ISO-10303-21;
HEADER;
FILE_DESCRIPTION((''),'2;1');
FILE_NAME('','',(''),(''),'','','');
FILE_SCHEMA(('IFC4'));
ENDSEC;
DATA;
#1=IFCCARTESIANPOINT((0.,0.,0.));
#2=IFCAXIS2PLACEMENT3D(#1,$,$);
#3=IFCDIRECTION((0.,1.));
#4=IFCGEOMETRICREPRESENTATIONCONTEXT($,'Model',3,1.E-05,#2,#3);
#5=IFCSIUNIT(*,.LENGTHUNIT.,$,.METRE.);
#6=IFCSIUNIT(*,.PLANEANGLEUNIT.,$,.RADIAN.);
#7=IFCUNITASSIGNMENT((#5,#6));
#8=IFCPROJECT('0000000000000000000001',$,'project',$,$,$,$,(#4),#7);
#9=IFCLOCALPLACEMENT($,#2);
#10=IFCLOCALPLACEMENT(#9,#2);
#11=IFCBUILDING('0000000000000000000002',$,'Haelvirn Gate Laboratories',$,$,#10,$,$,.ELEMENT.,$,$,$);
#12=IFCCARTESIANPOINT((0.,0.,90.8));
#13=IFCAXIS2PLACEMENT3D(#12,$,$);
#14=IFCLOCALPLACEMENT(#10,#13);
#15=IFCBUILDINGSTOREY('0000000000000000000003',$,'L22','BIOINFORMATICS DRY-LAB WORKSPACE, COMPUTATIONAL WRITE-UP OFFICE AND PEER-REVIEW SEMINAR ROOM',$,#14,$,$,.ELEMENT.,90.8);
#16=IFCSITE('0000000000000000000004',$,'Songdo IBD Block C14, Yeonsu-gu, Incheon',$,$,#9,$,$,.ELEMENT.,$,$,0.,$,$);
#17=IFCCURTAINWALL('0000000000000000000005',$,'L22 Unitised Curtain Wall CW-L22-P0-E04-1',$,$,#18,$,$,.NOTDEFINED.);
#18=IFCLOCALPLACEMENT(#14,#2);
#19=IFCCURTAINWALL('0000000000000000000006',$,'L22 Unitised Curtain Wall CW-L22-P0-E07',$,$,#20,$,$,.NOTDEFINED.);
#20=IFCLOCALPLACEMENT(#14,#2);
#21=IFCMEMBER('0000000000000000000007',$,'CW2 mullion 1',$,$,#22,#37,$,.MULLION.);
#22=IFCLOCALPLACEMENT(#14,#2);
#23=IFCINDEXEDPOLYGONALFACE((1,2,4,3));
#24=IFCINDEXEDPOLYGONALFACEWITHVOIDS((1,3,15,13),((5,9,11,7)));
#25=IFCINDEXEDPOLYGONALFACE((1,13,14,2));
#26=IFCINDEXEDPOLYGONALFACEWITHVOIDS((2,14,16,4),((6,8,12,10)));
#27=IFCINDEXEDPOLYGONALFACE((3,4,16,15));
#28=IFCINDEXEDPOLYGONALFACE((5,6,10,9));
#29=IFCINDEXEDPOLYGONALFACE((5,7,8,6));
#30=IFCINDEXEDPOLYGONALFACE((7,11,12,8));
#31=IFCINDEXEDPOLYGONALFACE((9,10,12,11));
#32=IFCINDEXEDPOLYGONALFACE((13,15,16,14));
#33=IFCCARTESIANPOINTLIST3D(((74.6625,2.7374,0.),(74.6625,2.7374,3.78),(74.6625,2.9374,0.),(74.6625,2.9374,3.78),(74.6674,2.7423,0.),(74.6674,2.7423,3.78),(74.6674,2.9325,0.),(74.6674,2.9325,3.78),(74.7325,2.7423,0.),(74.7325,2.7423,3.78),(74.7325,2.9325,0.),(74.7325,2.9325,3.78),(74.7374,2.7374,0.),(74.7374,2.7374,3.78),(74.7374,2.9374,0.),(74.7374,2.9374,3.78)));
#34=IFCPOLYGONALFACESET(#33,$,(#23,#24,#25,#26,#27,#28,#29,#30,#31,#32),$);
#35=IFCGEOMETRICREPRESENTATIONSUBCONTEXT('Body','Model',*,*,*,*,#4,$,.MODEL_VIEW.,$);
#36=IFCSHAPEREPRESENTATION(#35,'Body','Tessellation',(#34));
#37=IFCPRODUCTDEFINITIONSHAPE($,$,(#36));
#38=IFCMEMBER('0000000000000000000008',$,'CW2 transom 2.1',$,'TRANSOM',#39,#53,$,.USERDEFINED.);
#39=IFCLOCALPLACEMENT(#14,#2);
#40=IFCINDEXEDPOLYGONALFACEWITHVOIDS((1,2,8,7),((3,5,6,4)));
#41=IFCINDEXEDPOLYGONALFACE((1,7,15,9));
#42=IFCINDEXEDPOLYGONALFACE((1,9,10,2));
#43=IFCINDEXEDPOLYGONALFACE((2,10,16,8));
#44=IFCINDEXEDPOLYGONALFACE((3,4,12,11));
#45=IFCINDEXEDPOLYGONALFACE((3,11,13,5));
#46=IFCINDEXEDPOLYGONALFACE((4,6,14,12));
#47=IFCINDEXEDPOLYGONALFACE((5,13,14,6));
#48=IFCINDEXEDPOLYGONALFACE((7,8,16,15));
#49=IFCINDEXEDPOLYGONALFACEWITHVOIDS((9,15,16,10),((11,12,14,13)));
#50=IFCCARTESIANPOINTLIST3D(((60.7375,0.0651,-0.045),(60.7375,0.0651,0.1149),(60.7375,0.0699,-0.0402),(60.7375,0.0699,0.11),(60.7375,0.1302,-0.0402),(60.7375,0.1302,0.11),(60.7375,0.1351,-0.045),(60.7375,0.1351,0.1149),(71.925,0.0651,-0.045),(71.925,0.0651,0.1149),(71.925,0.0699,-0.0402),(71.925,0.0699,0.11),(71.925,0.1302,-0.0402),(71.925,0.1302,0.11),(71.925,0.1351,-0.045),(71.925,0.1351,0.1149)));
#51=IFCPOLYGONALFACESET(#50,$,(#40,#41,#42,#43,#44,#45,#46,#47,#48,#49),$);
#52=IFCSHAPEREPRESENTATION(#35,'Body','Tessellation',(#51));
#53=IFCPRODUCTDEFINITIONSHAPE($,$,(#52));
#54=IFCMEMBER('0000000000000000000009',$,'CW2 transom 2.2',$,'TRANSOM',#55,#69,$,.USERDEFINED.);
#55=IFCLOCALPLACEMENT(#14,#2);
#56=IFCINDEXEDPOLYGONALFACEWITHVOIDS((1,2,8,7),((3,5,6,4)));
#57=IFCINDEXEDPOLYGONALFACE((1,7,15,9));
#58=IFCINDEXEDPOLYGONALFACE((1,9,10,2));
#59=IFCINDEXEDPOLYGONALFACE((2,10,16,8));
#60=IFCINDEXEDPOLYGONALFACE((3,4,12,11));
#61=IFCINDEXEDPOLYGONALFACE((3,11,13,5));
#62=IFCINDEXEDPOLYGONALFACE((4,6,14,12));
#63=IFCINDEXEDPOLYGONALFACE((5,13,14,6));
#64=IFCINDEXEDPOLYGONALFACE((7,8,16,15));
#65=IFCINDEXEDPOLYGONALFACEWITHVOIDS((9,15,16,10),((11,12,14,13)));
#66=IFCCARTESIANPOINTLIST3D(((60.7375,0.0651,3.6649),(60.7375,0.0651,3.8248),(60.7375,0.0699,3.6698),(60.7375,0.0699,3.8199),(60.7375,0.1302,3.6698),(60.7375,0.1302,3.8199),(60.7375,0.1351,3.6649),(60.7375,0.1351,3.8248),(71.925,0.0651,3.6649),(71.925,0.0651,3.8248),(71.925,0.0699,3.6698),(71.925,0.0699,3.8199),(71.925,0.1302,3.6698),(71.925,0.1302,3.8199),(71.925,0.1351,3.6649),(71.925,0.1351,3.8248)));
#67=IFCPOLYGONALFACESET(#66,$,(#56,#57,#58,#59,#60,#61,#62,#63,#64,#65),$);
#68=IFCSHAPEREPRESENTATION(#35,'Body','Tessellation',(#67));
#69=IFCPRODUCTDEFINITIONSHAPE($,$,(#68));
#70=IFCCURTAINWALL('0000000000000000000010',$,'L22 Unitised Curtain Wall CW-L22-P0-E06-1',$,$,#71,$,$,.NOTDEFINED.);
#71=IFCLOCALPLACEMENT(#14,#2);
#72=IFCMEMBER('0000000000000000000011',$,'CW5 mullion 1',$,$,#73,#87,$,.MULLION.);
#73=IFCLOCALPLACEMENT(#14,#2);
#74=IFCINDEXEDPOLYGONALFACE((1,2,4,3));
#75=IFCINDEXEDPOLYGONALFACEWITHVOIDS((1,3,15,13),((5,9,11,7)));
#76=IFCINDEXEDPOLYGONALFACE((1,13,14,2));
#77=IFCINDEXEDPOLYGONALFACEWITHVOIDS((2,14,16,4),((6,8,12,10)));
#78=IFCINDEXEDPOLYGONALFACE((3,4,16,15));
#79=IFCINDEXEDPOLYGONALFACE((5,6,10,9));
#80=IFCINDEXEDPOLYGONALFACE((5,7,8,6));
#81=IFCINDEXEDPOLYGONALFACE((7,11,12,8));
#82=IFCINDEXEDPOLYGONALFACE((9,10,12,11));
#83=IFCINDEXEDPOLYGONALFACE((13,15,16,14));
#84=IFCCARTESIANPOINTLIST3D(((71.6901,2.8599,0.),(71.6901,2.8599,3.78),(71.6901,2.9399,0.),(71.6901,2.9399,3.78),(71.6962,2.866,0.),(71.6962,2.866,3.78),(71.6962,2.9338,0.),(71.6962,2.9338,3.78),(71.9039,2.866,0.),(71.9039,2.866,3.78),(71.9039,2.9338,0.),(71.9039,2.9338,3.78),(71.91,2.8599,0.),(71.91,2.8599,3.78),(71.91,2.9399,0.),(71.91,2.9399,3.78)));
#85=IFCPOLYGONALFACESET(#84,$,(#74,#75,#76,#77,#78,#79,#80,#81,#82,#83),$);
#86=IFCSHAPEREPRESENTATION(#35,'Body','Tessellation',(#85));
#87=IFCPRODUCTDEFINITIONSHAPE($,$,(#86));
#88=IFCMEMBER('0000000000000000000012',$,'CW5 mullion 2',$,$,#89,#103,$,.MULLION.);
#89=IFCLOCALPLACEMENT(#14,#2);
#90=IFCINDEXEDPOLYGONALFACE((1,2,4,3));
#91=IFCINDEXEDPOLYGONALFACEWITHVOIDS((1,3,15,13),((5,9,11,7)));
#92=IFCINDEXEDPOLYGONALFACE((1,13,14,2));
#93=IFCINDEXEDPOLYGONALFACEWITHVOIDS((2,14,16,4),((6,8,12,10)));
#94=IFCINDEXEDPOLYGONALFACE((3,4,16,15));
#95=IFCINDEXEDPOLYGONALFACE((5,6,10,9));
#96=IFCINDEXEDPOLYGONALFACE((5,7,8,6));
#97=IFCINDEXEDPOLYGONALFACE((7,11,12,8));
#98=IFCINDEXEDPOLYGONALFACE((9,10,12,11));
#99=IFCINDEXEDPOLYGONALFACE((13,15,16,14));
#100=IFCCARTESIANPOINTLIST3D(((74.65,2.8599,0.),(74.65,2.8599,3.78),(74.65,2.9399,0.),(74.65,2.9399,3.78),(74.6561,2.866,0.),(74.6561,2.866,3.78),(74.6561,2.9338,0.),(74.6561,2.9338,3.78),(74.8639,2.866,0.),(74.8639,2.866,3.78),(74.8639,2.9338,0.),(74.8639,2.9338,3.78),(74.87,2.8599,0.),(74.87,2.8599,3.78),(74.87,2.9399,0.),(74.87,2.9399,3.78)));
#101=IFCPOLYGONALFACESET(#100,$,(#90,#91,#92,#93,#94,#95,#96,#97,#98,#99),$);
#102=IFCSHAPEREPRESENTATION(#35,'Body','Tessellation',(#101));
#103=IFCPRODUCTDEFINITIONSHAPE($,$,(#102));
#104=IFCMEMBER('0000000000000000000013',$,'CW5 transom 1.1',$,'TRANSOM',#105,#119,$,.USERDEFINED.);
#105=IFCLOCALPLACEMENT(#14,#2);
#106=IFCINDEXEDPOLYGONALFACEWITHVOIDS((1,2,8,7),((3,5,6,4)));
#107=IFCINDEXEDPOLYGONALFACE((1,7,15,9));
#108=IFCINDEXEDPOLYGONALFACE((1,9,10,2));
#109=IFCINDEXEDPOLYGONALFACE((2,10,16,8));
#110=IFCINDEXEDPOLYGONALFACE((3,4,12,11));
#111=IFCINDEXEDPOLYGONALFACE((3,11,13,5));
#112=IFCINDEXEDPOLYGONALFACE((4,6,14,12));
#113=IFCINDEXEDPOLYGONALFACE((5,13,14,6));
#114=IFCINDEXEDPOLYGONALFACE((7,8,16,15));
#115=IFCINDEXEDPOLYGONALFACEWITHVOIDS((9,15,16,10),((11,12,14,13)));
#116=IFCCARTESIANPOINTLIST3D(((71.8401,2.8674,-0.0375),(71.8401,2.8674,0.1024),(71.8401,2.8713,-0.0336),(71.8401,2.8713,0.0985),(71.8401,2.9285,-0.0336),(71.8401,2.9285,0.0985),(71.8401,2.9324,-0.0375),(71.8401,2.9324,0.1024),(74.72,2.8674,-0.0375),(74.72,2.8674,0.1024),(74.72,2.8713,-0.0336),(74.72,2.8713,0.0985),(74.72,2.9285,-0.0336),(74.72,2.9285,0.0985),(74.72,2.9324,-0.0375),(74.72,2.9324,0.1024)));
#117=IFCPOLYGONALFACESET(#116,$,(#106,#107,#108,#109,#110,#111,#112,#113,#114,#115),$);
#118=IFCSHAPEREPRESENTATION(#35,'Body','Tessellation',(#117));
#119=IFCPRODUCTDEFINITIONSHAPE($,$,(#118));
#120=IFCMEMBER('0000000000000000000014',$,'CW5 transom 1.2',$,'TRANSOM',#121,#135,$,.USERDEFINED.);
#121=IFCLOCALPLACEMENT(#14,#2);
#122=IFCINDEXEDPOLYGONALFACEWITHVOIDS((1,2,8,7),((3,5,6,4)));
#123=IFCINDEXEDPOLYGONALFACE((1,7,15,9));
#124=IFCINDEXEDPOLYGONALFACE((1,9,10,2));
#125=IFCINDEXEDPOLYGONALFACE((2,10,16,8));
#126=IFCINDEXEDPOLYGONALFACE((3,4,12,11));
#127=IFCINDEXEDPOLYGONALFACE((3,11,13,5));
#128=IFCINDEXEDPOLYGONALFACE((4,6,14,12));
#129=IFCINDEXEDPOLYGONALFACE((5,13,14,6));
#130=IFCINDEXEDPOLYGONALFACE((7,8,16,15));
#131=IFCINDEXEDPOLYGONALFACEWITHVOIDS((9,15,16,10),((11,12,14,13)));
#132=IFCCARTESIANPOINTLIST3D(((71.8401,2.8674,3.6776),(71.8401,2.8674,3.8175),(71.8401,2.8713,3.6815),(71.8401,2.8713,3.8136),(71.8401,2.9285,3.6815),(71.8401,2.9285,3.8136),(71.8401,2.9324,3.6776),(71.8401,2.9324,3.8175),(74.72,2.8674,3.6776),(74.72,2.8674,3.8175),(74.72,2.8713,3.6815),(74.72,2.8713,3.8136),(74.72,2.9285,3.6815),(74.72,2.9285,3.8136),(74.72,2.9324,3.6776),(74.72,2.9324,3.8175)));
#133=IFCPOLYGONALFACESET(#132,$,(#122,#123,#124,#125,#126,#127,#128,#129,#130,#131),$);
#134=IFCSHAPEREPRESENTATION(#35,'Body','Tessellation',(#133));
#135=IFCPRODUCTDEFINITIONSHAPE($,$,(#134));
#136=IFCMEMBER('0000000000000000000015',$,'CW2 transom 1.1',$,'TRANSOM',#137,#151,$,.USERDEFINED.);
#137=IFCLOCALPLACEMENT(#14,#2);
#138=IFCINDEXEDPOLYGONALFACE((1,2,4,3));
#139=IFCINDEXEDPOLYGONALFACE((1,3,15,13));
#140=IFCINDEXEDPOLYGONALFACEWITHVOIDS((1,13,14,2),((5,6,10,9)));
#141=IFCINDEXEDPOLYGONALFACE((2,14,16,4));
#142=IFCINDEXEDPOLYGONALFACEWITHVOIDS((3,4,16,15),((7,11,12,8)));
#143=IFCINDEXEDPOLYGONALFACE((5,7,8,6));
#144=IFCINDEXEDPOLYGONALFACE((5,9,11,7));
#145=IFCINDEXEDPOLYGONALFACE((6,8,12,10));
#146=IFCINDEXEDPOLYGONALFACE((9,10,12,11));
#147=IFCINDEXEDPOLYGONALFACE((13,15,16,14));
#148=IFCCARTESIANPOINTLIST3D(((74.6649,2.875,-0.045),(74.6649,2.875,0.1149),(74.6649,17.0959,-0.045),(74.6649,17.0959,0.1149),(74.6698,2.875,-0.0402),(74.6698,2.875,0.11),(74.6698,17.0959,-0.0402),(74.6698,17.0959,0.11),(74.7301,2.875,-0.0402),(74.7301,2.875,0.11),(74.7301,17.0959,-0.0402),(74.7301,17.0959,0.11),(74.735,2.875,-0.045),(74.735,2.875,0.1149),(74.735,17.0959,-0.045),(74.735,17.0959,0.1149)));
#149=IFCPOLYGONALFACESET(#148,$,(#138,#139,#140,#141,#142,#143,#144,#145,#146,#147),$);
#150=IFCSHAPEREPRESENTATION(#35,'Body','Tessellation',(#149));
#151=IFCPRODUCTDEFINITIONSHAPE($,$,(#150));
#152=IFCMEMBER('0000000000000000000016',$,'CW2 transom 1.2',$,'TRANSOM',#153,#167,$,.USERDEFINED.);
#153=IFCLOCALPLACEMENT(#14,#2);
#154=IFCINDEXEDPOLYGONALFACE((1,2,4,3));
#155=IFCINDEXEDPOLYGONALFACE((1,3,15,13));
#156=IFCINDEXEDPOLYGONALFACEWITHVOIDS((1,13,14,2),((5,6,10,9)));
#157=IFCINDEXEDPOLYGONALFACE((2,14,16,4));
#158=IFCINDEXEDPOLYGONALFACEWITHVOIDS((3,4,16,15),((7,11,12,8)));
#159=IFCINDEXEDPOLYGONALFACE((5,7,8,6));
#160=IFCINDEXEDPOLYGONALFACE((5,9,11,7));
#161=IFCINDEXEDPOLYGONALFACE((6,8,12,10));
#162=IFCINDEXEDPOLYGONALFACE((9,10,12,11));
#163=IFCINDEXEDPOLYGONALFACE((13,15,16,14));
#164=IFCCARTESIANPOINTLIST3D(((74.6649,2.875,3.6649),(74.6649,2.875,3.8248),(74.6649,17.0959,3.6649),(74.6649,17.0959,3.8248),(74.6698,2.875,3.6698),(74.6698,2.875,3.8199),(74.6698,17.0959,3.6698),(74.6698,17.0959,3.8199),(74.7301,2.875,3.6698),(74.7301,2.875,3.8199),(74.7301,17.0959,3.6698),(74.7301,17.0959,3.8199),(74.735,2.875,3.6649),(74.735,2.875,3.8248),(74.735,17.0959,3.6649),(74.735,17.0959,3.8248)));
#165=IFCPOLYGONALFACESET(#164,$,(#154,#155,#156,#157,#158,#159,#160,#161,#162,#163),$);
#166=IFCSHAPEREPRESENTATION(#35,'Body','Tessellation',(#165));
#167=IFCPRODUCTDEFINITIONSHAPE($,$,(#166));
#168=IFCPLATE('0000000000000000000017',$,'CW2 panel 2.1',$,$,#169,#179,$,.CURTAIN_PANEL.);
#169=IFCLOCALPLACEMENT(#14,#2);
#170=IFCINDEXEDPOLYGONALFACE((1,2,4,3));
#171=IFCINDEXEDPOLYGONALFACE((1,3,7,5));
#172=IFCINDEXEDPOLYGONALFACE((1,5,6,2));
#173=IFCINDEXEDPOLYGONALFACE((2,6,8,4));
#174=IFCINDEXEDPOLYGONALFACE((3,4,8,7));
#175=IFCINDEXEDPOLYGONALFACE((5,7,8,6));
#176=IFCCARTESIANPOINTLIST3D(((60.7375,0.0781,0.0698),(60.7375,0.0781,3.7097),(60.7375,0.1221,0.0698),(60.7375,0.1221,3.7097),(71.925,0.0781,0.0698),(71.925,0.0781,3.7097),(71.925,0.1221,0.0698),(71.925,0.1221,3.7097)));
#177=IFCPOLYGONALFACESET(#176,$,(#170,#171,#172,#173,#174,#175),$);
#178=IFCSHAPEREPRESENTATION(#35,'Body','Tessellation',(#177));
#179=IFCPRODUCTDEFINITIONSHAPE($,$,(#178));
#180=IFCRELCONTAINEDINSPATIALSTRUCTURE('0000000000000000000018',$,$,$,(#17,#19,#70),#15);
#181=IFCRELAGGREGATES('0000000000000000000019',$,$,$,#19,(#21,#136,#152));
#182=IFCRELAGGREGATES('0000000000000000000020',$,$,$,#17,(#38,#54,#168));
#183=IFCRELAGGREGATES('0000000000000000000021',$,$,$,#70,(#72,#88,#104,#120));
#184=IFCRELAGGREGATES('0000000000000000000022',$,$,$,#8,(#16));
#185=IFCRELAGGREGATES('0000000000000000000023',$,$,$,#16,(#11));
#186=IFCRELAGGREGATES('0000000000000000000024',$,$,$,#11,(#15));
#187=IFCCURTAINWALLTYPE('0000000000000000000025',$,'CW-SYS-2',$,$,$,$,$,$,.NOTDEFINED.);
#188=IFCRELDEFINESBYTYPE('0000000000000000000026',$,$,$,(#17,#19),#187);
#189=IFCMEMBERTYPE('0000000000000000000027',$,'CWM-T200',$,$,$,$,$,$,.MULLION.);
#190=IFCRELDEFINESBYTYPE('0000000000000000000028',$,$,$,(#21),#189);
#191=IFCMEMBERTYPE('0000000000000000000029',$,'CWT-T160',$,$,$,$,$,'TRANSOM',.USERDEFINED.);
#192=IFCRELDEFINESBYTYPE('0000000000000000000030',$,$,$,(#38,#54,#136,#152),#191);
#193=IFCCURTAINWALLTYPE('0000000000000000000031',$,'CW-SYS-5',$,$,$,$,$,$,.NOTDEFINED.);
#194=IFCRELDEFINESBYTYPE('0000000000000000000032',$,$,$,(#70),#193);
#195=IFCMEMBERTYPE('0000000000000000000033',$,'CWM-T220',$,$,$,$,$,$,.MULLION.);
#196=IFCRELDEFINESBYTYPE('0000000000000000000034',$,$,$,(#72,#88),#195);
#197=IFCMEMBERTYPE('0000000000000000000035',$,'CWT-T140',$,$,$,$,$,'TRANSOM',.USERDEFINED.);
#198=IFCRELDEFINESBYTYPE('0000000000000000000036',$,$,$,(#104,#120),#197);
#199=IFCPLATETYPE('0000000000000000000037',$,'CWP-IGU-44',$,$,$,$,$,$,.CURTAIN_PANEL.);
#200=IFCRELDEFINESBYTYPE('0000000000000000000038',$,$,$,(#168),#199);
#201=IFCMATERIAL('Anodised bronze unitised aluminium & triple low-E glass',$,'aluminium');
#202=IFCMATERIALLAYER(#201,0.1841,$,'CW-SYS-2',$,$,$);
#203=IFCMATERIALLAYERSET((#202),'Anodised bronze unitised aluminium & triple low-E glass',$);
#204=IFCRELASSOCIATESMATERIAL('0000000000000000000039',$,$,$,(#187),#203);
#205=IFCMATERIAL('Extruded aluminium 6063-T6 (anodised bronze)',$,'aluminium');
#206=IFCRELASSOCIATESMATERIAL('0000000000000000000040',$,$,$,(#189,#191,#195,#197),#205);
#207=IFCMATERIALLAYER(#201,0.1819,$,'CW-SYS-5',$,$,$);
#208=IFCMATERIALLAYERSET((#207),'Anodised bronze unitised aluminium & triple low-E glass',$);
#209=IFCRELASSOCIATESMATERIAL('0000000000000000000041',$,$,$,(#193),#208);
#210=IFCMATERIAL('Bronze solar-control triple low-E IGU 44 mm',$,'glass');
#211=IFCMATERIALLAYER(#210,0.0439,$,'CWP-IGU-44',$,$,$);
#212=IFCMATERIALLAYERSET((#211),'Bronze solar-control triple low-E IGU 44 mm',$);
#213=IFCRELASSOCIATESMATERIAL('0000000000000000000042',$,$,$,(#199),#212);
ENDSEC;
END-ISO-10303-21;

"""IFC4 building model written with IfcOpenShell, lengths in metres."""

from ifc_helpers import new_model, si_unit, direction, frame, origin, origin_2d, place, context, subcontext, project, spatial, rectangle, hollow_rectangle, extrude, source, transform, mapped, material, layer, layer_set, material_profile, profile_set, type_object, type_shapes, element, aggregate, save


model = new_model("IFC4")

# Units and contexts
model_context = context("Model", 3, precision=1e-05, world=origin(), true_north=direction((0.0, 1.0)))
body_context = subcontext(model_context, "Body", "Model", "MODEL_VIEW")
ifc_project = project(units=[si_unit("LENGTHUNIT", "METRE"), si_unit("PLANEANGLEUNIT", "RADIAN")], contexts=[model_context])

# Site, building, storey
site_placement = place(None, origin())
site = spatial("IfcSite", under=ifc_project, at=site_placement, Name="Songdo IBD Block C14, Yeonsu-gu, Incheon", CompositionType="ELEMENT", RefElevation=0.0)
building_placement = place(site_placement, origin())
building = spatial("IfcBuilding", under=site, at=building_placement, Name="Haelvirn Gate Laboratories", CompositionType="ELEMENT")
storey_placement = place(building_placement, frame((0.0, 0.0, 90.8)))
storey = spatial("IfcBuildingStorey", under=building, at=storey_placement, Name="L22", Description="BIOINFORMATICS DRY-LAB WORKSPACE, COMPUTATIONAL WRITE-UP OFFICE AND PEER-REVIEW SEMINAR ROOM", CompositionType="ELEMENT", Elevation=90.8)

# Curtain wall
ifc_material_1 = material(Name="Anodised bronze unitised aluminium & triple low-E glass", Category="aluminium")
ifc_layer_1 = layer(ifc_material_1, 0.1841, Name="CW-SYS-2")
ifc_layer_set_1 = layer_set([ifc_layer_1], Name="Anodised bronze unitised aluminium & triple low-E glass")
curtain_wall_type_1 = type_object("IfcCurtainWallType", Name="CW-SYS-2", PredefinedType="NOTDEFINED", material=ifc_layer_set_1)
curtain_wall_1_placement = place(storey_placement, origin())
curtain_wall_1 = element("IfcCurtainWall", 1, at=curtain_wall_1_placement, inside=storey, type_object=curtain_wall_type_1, Name="L22 Unitised Curtain Wall CW-L22-P0-E04-1", PredefinedType="NOTDEFINED")
ifc_material_2 = material(Name="Extruded aluminium 6063-T6 (anodised bronze)", Category="aluminium")
ifc_material_profile_1 = material_profile(ifc_material_2, hollow_rectangle(XDim=0.075, YDim=0.2, WallThickness=0.0049, at=origin_2d()), Name="CWM-200x75x5")
ifc_profile_set_1 = profile_set([ifc_material_profile_1], Name="Extruded aluminium 6063-T6 (anodised bronze)")
member_type_1 = type_object("IfcMemberType", Name="CWM-T200", PredefinedType="MULLION", material=ifc_profile_set_1)
shared_shape_1 = source(origin(), body_context, "Body", "SweptSolid", [
    extrude(hollow_rectangle(XDim=0.075, YDim=0.2, WallThickness=0.0049, at=origin_2d()), origin(), (0.0, 0.0, 1.0), 3.78),
])
type_shapes(member_type_1, [shared_shape_1])

# Curtain wall, member
curtain_wall_2_placement = place(storey_placement, origin())
curtain_wall_2 = element("IfcCurtainWall", 2, at=curtain_wall_2_placement, inside=storey, type_object=curtain_wall_type_1, Name="L22 Unitised Curtain Wall CW-L22-P0-E07", PredefinedType="NOTDEFINED")
member_1_placement = place(storey_placement, frame((74.7, 2.8374, 0.0), z_axis=(0.0, 0.0, 1.0), x_axis=(-1.0, 0.0, 0.0)))
member_1 = element("IfcMember", 3, at=member_1_placement, type_object=member_type_1, Name="CW2 mullion 1", PredefinedType="MULLION", context=body_context, shape_type="MappedRepresentation", body=[
    mapped(shared_shape_1, transform((0.0, 0.0, 0.0), scale=1.0)),
])

# Members
ifc_material_profile_2 = material_profile(ifc_material_2, hollow_rectangle(XDim=0.0701, YDim=0.1599, WallThickness=0.0049, at=origin_2d()), Name="CWT-160x70x5")
ifc_profile_set_2 = profile_set([ifc_material_profile_2], Name="Extruded aluminium 6063-T6 (anodised bronze)")
member_type_2 = type_object("IfcMemberType", Name="CWT-T160", ElementType="TRANSOM", PredefinedType="USERDEFINED", material=ifc_profile_set_2)
shared_shape_2 = source(origin(), body_context, "Body", "SweptSolid", [
    extrude(hollow_rectangle(XDim=0.0701, YDim=0.1599, WallThickness=0.0049, at=origin_2d()), origin(), (0.0, 0.0, 1.0), 11.1875),
])
member_2_placement = place(storey_placement, frame((60.7375, 0.1001, 0.0349), z_axis=(1.0, 0.0, 0.0), x_axis=(0.0, 1.0, 0.0)))
member_2 = element("IfcMember", 4, at=member_2_placement, type_object=member_type_2, Name="CW2 transom 2.1", ObjectType="TRANSOM", PredefinedType="USERDEFINED", context=body_context, shape_type="MappedRepresentation", body=[
    mapped(shared_shape_2, transform((0.0, 0.0, 0.0), scale=1.0)),
])
member_3_placement = place(storey_placement, frame((60.7375, 0.1001, 3.7449), z_axis=(1.0, 0.0, 0.0), x_axis=(0.0, 1.0, 0.0)))
member_3 = element("IfcMember", 5, at=member_3_placement, type_object=member_type_2, Name="CW2 transom 2.2", ObjectType="TRANSOM", PredefinedType="USERDEFINED", context=body_context, shape_type="MappedRepresentation", body=[
    mapped(shared_shape_2, transform((0.0, 0.0, 0.0), scale=1.0)),
])

# Curtain wall, members
ifc_layer_2 = layer(ifc_material_1, 0.1819, Name="CW-SYS-5")
ifc_layer_set_2 = layer_set([ifc_layer_2], Name="Anodised bronze unitised aluminium & triple low-E glass")
curtain_wall_type_2 = type_object("IfcCurtainWallType", Name="CW-SYS-5", PredefinedType="NOTDEFINED", material=ifc_layer_set_2)
curtain_wall_3_placement = place(storey_placement, origin())
curtain_wall_3 = element("IfcCurtainWall", 6, at=curtain_wall_3_placement, inside=storey, type_object=curtain_wall_type_2, Name="L22 Unitised Curtain Wall CW-L22-P0-E06-1", PredefinedType="NOTDEFINED")
ifc_material_profile_3 = material_profile(ifc_material_2, hollow_rectangle(XDim=0.0801, YDim=0.22, WallThickness=0.0061, at=origin_2d()), Name="CWM-220x80x6")
ifc_profile_set_3 = profile_set([ifc_material_profile_3], Name="Extruded aluminium 6063-T6 (anodised bronze)")
member_type_3 = type_object("IfcMemberType", Name="CWM-T220", PredefinedType="MULLION", material=ifc_profile_set_3)
shared_shape_3 = source(origin(), body_context, "Body", "SweptSolid", [
    extrude(hollow_rectangle(XDim=0.0801, YDim=0.22, WallThickness=0.0061, at=origin_2d()), origin(), (0.0, 0.0, 1.0), 3.78),
])
type_shapes(member_type_3, [shared_shape_3])
member_4_placement = place(storey_placement, frame((71.8, 2.8999, 0.0), z_axis=(0.0, 0.0, 1.0), x_axis=(0.0, 1.0, 0.0)))
member_4 = element("IfcMember", 7, at=member_4_placement, type_object=member_type_3, Name="CW5 mullion 1", PredefinedType="MULLION", context=body_context, shape_type="MappedRepresentation", body=[
    mapped(shared_shape_3, transform((0.0, 0.0, 0.0), scale=1.0)),
])
member_5_placement = place(storey_placement, frame((74.76, 2.8999, 0.0), z_axis=(0.0, 0.0, 1.0), x_axis=(0.0, 1.0, 0.0)))
member_5 = element("IfcMember", 8, at=member_5_placement, type_object=member_type_3, Name="CW5 mullion 2", PredefinedType="MULLION", context=body_context, shape_type="MappedRepresentation", body=[
    mapped(shared_shape_3, transform((0.0, 0.0, 0.0), scale=1.0)),
])
ifc_material_profile_4 = material_profile(ifc_material_2, hollow_rectangle(XDim=0.0649, YDim=0.1399, WallThickness=0.0039, at=origin_2d()), Name="CWT-140x65x4")
ifc_profile_set_4 = profile_set([ifc_material_profile_4], Name="Extruded aluminium 6063-T6 (anodised bronze)")
member_type_4 = type_object("IfcMemberType", Name="CWT-T140", ElementType="TRANSOM", PredefinedType="USERDEFINED", material=ifc_profile_set_4)
shared_shape_4 = source(origin(), body_context, "Body", "SweptSolid", [
    extrude(hollow_rectangle(XDim=0.0649, YDim=0.1399, WallThickness=0.0039, at=origin_2d()), origin(), (0.0, 0.0, 1.0), 2.8799),
])
type_shapes(member_type_4, [shared_shape_4])
member_6_placement = place(storey_placement, frame((71.8401, 2.8999, 0.0325), z_axis=(1.0, 0.0, 0.0), x_axis=(0.0, 1.0, 0.0)))
member_6 = element("IfcMember", 9, at=member_6_placement, type_object=member_type_4, Name="CW5 transom 1.1", ObjectType="TRANSOM", PredefinedType="USERDEFINED", context=body_context, shape_type="MappedRepresentation", body=[
    mapped(shared_shape_4, transform((0.0, 0.0, 0.0), scale=1.0)),
])
member_7_placement = place(storey_placement, frame((71.8401, 2.8999, 3.7476), z_axis=(1.0, 0.0, 0.0), x_axis=(0.0, 1.0, 0.0)))
member_7 = element("IfcMember", 10, at=member_7_placement, type_object=member_type_4, Name="CW5 transom 1.2", ObjectType="TRANSOM", PredefinedType="USERDEFINED", context=body_context, shape_type="MappedRepresentation", body=[
    mapped(shared_shape_4, transform((0.0, 0.0, 0.0), scale=1.0)),
])

# Members
shared_shape_5 = source(origin(), body_context, "Body", "SweptSolid", [
    extrude(hollow_rectangle(XDim=0.0701, YDim=0.1599, WallThickness=0.0049, at=origin_2d()), origin(), (0.0, 0.0, 1.0), 14.2209),
])
type_shapes(member_type_2, [shared_shape_2, shared_shape_5])
member_8_placement = place(storey_placement, frame((74.7, 2.875, 0.0349), z_axis=(0.0, 1.0, 0.0), x_axis=(-1.0, 0.0, 0.0)))
member_8 = element("IfcMember", 11, at=member_8_placement, type_object=member_type_2, Name="CW2 transom 1.1", ObjectType="TRANSOM", PredefinedType="USERDEFINED", context=body_context, shape_type="MappedRepresentation", body=[
    mapped(shared_shape_5, transform((0.0, 0.0, 0.0), scale=1.0)),
])
member_9_placement = place(storey_placement, frame((74.7, 2.875, 3.7449), z_axis=(0.0, 1.0, 0.0), x_axis=(-1.0, 0.0, 0.0)))
member_9 = element("IfcMember", 12, at=member_9_placement, type_object=member_type_2, Name="CW2 transom 1.2", ObjectType="TRANSOM", PredefinedType="USERDEFINED", context=body_context, shape_type="MappedRepresentation", body=[
    mapped(shared_shape_5, transform((0.0, 0.0, 0.0), scale=1.0)),
])
aggregate(curtain_wall_2, [member_1, member_8, member_9])

# Plate
ifc_material_3 = material(Name="Bronze solar-control triple low-E IGU 44 mm", Category="glass")
ifc_layer_3 = layer(ifc_material_3, 0.0439, Name="CWP-IGU-44")
ifc_layer_set_3 = layer_set([ifc_layer_3], Name="Bronze solar-control triple low-E IGU 44 mm")
plate_type_1 = type_object("IfcPlateType", Name="CWP-IGU-44", PredefinedType="CURTAIN_PANEL", material=ifc_layer_set_3)
shared_shape_6 = source(origin(), body_context, "Body", "SweptSolid", [
    extrude(rectangle(XDim=11.1875, YDim=0.0439, at=origin_2d()), origin(), (0.0, 0.0, 1.0), 3.6399),
])
type_shapes(plate_type_1, [shared_shape_6])
plate_1_placement = place(storey_placement, frame((66.3313, 0.1001, 0.0698), z_axis=(0.0, 0.0, 1.0), x_axis=(1.0, 0.0, 0.0)))
plate_1 = element("IfcPlate", 13, at=plate_1_placement, type_object=plate_type_1, Name="CW2 panel 2.1", PredefinedType="CURTAIN_PANEL", context=body_context, shape_type="MappedRepresentation", body=[
    mapped(shared_shape_6, transform((0.0, 0.0, 0.0), scale=1.0)),
])
aggregate(curtain_wall_1, [member_2, member_3, plate_1])
aggregate(curtain_wall_3, [member_4, member_5, member_6, member_7])

save(model, "model.ifc")
